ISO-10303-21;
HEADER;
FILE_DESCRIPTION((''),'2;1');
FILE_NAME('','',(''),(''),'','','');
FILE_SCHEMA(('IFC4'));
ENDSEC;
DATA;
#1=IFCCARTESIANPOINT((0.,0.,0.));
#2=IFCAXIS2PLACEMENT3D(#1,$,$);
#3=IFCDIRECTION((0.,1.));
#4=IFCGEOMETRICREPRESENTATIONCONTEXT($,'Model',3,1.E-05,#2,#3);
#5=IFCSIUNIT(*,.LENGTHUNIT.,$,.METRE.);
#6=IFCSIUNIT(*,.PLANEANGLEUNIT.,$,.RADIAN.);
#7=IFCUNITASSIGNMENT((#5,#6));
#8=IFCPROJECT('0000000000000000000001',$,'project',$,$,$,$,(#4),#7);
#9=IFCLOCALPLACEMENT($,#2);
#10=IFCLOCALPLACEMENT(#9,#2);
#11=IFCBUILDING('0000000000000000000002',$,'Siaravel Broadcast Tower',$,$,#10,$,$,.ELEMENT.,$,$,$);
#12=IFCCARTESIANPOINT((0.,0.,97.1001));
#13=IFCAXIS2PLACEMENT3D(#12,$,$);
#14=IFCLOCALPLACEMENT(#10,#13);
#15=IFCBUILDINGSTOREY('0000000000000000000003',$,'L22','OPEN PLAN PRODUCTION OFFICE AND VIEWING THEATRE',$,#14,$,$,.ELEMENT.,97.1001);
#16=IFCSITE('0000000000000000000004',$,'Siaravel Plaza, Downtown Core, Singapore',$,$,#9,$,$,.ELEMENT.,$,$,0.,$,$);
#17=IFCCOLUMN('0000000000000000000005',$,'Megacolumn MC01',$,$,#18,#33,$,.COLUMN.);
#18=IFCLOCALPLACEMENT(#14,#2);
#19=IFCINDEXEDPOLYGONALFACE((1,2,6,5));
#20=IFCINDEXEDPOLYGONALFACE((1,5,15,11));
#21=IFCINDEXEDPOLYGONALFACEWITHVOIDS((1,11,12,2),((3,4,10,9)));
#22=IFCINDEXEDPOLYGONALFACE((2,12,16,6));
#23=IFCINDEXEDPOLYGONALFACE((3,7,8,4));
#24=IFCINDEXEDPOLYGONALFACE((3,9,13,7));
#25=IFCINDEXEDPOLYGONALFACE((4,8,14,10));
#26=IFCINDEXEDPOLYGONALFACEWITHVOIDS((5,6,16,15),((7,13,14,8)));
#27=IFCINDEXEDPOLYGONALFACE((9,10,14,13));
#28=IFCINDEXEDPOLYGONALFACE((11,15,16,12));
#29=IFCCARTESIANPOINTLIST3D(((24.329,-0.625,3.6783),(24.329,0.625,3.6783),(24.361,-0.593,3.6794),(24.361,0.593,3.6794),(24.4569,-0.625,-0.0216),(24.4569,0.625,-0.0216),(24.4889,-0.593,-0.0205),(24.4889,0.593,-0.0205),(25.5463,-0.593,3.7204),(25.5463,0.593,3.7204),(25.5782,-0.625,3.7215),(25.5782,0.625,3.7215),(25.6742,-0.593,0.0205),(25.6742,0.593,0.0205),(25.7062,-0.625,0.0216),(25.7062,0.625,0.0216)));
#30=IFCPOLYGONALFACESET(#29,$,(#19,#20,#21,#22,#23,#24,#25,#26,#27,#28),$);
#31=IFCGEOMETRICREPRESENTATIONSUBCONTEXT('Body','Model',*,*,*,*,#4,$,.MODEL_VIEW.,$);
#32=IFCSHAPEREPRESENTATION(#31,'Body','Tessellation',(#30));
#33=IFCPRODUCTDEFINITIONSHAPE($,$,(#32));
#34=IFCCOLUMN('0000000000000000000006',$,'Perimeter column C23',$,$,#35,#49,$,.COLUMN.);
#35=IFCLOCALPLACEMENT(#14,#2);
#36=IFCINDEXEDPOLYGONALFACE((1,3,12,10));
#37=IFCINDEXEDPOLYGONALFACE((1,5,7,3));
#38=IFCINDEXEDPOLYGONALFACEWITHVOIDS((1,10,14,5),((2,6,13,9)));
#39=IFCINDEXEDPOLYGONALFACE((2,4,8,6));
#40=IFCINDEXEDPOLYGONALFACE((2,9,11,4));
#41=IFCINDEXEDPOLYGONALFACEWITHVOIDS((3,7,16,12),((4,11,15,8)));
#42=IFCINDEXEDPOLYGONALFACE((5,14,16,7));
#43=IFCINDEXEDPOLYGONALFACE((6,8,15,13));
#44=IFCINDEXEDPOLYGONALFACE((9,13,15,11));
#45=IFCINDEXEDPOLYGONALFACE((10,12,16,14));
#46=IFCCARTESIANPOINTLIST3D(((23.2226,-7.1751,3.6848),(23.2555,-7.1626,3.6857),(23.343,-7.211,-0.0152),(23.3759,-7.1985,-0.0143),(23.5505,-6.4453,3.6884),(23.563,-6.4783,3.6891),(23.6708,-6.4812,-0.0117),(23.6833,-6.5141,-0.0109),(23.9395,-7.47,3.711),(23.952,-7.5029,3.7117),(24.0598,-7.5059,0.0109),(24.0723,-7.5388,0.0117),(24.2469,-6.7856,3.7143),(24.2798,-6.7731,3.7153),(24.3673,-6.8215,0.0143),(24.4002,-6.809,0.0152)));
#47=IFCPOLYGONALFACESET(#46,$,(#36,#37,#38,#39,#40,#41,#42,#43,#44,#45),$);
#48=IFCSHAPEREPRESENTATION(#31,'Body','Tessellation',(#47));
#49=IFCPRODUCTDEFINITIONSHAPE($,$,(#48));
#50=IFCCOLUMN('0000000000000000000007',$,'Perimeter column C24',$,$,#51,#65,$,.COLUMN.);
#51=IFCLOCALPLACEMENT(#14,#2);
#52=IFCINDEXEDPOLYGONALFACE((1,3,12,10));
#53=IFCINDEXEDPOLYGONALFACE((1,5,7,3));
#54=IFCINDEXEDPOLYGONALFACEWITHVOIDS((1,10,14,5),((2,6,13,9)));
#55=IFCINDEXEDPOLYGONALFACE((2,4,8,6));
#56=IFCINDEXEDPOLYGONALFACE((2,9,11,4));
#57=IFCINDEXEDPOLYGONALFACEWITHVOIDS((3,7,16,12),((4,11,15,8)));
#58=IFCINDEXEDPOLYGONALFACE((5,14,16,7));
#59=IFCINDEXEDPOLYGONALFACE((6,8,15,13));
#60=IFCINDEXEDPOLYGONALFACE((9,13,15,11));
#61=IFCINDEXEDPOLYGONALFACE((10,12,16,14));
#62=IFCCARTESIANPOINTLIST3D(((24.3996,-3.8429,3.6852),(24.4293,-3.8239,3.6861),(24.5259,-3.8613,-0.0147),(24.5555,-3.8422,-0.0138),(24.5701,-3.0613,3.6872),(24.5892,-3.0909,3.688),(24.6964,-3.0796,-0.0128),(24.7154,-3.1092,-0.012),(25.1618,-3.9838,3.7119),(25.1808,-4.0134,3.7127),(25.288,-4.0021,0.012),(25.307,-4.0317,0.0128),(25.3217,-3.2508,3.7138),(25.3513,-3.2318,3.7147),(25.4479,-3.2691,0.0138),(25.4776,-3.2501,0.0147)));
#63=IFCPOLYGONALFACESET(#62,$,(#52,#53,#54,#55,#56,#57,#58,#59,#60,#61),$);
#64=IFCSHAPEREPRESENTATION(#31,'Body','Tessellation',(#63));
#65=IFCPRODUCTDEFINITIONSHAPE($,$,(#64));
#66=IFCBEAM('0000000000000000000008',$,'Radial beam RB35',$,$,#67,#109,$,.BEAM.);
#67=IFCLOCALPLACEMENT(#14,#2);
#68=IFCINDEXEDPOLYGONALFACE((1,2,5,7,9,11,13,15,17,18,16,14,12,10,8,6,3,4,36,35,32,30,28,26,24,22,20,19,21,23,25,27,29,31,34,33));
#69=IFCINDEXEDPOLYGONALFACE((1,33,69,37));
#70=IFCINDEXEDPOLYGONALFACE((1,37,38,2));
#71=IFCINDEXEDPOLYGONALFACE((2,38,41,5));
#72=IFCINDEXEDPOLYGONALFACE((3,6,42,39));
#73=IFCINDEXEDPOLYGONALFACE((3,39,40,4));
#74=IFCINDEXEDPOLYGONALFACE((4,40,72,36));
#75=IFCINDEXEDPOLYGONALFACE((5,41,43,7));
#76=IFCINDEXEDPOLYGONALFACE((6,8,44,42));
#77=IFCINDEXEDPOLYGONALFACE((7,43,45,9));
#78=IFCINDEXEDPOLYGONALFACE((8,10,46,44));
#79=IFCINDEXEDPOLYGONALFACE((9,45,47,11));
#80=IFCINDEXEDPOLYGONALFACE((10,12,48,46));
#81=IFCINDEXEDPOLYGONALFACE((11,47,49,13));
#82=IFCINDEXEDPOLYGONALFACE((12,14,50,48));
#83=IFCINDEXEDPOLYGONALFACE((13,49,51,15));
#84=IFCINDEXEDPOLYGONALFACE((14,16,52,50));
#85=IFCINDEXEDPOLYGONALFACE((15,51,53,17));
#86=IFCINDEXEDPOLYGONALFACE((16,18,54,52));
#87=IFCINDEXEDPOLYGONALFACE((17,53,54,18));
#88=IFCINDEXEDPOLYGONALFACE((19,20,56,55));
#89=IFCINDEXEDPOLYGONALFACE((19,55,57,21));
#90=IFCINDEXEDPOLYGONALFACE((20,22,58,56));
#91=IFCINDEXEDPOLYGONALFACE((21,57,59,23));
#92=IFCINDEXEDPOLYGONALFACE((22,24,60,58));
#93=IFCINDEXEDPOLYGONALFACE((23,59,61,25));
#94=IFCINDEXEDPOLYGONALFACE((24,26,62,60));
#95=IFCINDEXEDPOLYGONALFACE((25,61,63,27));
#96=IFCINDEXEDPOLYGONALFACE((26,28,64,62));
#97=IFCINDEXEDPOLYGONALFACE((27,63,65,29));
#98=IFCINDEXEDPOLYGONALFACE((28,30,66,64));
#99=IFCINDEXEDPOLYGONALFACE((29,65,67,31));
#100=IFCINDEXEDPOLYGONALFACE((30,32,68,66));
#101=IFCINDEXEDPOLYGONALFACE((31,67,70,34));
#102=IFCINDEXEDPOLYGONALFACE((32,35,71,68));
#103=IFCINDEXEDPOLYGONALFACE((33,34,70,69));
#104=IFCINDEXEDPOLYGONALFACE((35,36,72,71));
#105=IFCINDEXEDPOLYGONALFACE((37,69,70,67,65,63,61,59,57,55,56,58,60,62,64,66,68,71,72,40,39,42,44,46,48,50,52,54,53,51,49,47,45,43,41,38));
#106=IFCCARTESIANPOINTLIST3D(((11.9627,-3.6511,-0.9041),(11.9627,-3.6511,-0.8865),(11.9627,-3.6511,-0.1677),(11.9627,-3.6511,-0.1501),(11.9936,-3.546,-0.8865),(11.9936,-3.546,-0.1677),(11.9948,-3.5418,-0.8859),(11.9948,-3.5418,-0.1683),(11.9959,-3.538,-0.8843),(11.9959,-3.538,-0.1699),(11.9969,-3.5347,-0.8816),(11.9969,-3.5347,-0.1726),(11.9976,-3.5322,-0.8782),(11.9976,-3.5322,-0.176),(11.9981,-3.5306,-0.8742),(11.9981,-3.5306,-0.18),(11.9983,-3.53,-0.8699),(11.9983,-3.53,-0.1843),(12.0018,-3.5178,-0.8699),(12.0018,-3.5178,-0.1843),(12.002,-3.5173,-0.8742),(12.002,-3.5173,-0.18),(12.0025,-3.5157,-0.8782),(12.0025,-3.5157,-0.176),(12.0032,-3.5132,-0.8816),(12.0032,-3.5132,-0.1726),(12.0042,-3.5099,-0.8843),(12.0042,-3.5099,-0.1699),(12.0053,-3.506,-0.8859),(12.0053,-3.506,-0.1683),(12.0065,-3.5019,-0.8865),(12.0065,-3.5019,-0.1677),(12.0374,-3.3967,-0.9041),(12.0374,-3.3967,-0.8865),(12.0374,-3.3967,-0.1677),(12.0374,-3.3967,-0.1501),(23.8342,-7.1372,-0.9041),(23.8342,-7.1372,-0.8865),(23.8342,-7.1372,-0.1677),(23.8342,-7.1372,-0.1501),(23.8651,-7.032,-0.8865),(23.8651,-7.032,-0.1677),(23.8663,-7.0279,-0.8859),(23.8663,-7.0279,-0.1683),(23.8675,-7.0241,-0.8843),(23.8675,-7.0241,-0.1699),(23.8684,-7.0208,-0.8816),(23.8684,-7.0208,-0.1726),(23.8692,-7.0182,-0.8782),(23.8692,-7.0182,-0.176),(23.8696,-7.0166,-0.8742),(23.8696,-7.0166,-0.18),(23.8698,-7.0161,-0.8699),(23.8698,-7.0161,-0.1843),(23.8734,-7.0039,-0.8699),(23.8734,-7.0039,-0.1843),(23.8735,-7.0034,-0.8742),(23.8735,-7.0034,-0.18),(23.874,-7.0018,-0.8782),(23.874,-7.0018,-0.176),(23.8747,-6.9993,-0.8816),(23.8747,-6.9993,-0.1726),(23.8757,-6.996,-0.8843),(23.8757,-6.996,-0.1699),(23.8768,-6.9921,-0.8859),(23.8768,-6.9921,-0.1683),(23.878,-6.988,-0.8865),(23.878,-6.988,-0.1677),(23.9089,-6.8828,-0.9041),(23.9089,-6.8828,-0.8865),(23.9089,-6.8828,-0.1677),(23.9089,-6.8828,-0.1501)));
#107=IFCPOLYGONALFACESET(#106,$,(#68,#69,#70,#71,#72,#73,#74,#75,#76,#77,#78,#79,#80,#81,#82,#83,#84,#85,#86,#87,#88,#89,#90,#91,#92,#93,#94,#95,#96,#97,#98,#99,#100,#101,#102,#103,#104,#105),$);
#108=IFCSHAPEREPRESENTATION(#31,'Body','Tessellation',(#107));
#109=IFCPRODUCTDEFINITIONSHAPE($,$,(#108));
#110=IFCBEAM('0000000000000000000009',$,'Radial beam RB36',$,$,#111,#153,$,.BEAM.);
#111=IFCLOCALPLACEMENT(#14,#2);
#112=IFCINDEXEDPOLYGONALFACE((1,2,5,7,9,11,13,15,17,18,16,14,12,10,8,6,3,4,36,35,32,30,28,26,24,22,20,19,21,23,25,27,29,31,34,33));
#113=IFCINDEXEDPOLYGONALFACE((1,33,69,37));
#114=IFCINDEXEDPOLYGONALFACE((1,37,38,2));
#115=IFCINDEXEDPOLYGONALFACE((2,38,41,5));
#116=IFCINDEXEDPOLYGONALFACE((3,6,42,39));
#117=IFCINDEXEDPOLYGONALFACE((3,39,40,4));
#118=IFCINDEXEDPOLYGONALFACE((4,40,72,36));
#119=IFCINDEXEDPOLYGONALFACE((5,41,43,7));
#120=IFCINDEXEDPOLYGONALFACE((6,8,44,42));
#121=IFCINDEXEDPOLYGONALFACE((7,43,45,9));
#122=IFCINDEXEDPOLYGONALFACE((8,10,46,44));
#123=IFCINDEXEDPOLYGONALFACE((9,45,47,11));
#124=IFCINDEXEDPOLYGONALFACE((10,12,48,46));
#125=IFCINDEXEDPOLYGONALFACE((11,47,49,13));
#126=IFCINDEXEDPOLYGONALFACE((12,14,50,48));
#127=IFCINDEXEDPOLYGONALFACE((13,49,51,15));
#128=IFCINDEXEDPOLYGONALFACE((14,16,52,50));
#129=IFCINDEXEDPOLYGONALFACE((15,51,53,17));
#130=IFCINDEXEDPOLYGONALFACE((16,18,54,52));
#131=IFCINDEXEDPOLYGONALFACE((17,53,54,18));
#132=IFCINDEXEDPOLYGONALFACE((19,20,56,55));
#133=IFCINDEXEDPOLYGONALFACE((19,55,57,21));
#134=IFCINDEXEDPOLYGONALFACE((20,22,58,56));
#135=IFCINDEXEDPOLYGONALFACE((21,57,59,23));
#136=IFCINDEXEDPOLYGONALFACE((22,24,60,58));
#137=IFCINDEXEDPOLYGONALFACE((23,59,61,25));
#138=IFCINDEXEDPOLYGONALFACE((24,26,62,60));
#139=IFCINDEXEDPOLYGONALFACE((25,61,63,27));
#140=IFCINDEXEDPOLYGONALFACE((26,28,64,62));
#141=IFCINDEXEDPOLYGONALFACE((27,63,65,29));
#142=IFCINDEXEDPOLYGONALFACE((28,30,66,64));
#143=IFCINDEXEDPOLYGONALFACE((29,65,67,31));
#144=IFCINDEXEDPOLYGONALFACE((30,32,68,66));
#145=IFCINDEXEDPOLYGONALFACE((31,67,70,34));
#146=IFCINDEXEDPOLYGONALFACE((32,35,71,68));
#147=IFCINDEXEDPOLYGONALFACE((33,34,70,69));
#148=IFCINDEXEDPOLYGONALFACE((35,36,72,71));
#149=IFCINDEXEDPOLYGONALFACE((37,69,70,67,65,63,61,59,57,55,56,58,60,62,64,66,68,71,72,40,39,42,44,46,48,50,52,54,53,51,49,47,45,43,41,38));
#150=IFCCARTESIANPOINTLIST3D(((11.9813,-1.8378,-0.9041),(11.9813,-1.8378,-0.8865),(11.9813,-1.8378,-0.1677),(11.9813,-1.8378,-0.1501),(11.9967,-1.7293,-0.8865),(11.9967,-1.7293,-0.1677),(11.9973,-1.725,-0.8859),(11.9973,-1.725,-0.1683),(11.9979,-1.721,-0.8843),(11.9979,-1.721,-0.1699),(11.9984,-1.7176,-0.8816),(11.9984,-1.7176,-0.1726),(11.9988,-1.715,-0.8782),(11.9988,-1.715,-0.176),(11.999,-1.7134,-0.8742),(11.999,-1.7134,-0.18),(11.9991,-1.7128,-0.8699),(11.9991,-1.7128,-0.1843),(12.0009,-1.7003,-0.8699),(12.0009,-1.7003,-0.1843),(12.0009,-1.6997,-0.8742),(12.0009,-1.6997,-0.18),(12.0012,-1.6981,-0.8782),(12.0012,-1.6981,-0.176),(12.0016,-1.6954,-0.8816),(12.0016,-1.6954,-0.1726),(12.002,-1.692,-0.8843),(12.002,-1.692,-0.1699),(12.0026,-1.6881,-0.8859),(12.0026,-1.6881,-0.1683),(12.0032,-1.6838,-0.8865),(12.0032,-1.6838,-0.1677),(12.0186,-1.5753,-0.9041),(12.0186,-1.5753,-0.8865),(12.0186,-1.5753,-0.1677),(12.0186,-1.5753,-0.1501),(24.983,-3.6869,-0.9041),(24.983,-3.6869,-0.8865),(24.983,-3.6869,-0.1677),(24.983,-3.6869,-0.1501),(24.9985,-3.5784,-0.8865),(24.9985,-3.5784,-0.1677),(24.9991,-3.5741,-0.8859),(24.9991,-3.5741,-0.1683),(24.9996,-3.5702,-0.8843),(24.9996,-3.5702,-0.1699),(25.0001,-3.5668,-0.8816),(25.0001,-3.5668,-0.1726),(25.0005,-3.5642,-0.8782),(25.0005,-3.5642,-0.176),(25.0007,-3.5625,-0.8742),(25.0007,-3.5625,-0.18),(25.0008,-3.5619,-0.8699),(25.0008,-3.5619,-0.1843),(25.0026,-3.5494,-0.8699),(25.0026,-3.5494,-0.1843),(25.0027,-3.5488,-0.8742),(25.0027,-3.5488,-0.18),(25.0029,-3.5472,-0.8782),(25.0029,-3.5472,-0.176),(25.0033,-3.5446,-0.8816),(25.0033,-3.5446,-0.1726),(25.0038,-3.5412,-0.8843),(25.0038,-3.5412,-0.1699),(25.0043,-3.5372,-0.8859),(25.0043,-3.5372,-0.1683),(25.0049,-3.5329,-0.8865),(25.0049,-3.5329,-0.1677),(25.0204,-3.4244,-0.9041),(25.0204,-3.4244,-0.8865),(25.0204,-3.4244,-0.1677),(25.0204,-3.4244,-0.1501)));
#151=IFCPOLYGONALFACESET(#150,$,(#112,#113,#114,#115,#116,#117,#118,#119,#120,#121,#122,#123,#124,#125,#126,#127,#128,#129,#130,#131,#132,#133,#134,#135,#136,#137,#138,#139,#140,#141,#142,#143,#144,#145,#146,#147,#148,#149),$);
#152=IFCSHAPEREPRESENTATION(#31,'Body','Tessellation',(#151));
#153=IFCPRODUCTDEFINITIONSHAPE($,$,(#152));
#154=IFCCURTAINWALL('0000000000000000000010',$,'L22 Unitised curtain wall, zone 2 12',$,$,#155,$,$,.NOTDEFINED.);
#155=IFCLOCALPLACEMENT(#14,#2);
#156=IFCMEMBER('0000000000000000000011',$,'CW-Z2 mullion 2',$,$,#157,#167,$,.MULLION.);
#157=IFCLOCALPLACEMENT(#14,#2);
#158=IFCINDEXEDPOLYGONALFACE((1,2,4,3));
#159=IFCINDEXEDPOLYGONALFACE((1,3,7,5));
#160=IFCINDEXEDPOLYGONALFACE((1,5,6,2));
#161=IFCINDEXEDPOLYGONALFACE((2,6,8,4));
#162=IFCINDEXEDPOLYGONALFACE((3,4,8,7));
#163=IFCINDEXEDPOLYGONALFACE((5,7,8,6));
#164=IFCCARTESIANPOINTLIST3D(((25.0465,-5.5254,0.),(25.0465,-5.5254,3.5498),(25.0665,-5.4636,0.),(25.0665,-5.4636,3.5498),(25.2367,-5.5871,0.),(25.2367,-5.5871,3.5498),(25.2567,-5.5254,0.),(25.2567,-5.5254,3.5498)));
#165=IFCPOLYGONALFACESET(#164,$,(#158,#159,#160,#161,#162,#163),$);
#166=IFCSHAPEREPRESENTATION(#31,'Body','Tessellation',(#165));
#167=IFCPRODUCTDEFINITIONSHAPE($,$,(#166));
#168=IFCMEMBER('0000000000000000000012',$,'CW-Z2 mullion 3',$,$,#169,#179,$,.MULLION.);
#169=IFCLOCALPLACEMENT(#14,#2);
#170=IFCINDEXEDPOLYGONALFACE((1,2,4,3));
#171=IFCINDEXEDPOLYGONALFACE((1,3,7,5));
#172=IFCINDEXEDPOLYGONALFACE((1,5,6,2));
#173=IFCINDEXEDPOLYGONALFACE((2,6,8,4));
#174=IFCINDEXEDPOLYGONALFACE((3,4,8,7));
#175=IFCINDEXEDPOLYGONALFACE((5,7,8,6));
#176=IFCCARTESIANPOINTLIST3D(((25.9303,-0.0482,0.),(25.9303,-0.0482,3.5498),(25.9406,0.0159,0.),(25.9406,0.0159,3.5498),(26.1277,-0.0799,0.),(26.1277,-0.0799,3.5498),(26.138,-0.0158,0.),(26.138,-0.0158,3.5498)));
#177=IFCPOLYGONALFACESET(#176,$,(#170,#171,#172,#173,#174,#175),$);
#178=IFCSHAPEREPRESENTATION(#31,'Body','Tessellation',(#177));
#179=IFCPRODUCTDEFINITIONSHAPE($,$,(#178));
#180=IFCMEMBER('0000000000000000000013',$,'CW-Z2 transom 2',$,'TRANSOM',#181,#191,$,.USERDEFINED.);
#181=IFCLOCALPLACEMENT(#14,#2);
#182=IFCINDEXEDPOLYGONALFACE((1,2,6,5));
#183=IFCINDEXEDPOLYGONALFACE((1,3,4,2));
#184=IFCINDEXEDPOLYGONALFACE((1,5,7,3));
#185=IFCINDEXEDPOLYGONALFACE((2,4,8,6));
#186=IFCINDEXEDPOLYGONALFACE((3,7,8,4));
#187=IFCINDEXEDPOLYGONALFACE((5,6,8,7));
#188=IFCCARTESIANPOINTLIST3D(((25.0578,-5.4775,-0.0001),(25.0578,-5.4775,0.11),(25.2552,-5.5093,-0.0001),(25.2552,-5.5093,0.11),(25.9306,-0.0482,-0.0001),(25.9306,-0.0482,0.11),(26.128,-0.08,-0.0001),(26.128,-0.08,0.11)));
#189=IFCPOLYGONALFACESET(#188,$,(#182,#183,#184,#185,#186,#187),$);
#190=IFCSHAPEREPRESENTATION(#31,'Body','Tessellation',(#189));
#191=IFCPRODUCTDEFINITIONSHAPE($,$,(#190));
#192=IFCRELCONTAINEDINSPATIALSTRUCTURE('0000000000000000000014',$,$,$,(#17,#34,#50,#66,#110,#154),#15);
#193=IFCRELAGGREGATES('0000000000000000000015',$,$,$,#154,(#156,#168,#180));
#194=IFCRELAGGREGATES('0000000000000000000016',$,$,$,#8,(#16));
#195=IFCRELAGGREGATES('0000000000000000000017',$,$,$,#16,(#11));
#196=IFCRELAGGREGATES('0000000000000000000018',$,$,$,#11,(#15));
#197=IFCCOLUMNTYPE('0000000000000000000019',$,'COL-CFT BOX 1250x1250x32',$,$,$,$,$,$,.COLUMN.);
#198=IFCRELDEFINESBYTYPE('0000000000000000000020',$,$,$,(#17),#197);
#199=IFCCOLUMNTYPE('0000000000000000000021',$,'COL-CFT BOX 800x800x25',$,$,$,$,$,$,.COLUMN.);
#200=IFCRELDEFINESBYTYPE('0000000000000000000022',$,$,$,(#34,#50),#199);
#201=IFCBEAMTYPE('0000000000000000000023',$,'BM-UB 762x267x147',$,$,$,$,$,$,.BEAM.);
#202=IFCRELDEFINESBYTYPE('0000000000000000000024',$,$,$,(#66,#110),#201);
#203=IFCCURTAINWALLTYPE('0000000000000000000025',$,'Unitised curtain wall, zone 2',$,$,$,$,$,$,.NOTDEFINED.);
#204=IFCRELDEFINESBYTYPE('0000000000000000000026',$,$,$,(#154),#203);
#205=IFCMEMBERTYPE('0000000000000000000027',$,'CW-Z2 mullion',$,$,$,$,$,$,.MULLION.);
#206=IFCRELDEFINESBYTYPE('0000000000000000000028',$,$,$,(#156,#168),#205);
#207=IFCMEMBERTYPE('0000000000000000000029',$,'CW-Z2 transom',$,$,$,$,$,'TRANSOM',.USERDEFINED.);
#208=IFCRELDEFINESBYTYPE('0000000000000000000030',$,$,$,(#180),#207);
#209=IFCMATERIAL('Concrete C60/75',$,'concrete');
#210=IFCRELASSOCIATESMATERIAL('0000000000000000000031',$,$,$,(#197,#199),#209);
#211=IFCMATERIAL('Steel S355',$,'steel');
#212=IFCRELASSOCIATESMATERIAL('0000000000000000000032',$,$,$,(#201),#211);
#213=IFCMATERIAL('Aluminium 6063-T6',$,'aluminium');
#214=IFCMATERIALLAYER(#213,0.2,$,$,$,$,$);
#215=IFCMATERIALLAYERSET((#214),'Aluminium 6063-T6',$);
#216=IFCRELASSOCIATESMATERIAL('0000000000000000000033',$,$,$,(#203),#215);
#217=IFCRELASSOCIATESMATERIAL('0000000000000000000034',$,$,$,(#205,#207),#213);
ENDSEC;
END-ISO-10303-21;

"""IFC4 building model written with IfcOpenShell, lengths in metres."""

from ifc_helpers import new_model, si_unit, direction, frame, origin, origin_2d, place, context, subcontext, project, spatial, rectangle, hollow_rectangle, i_section, extrude, material, layer, layer_set, material_profile, profile_set, type_object, element, aggregate, save


model = new_model("IFC4")

# Units and contexts
model_context = context("Model", 3, precision=1e-05, world=origin(), true_north=direction((0.0, 1.0)))
body_context = subcontext(model_context, "Body", "Model", "MODEL_VIEW")
ifc_project = project(units=[si_unit("LENGTHUNIT", "METRE"), si_unit("PLANEANGLEUNIT", "RADIAN")], contexts=[model_context])

# Site, building, storey
site_placement = place(None, origin())
site = spatial("IfcSite", under=ifc_project, at=site_placement, Name="Siaravel Plaza, Downtown Core, Singapore", CompositionType="ELEMENT", RefElevation=0.0)
building_placement = place(site_placement, origin())
building = spatial("IfcBuilding", under=site, at=building_placement, Name="Siaravel Broadcast Tower", CompositionType="ELEMENT")
storey_placement = place(building_placement, frame((0.0, 0.0, 97.1001)))
storey = spatial("IfcBuildingStorey", under=building, at=storey_placement, Name="L22", Description="OPEN PLAN PRODUCTION OFFICE AND VIEWING THEATRE", CompositionType="ELEMENT", Elevation=97.1001)

# Columns
ifc_material_1 = material(Name="Concrete C60/75", Category="concrete")
ifc_material_profile_1 = material_profile(ifc_material_1, hollow_rectangle(XDim=1.25, YDim=1.25, WallThickness=0.032, at=origin_2d()))
ifc_profile_set_1 = profile_set([ifc_material_profile_1], Name="Concrete C60/75")
column_type_1 = type_object("IfcColumnType", Name="COL-CFT BOX 1250x1250x32", PredefinedType="COLUMN", material=ifc_profile_set_1)
column_placement = place(storey_placement, frame((25.0815, 0.0, 0.0), z_axis=(-0.034555, 0.0, 0.999403), x_axis=(0.0, -1.0, 0.0)))
element("IfcColumn", 1, at=column_placement, inside=storey, type_object=column_type_1, Name="Megacolumn MC01", PredefinedType="COLUMN", context=body_context, shape_type="SweptSolid", body=[
    extrude(hollow_rectangle(XDim=1.25, YDim=1.25, WallThickness=0.032, at=origin_2d()), origin(), (0.0, 0.0, 1.0), 3.7021),
])
ifc_material_profile_2 = material_profile(ifc_material_1, hollow_rectangle(XDim=0.8, YDim=0.8, WallThickness=0.0249, at=origin_2d()))
ifc_profile_set_2 = profile_set([ifc_material_profile_2], Name="Concrete C60/75")
column_type_2 = type_object("IfcColumnType", Name="COL-CFT BOX 800x800x25", PredefinedType="COLUMN", material=ifc_profile_set_2)
for number, where, z_axis, x_axis, name in (
    (2, (23.8716, -7.01, 0.0), (-0.032512, 0.009694, 0.999424), (-0.40979, -0.912169, -0.004483), "Perimeter column C23"),
    (3, (25.0017, -3.5557, 0.0), (-0.034094, 0.004946, 0.999406), (-0.213128, -0.977021, -0.002436), "Perimeter column C24"),
):
    element("IfcColumn", number, at=place(storey_placement, frame(where, z_axis=z_axis, x_axis=x_axis)), inside=storey, type_object=column_type_2, Name=name, PredefinedType="COLUMN", context=body_context, shape_type="SweptSolid", body=[
        extrude(hollow_rectangle(XDim=0.8, YDim=0.8, WallThickness=0.0249, at=origin_2d()), origin(), (0.0, 0.0, 1.0), 3.7021),
    ])

# Beams
ifc_material_2 = material(Name="Steel S355", Category="steel")
ifc_material_profile_3 = material_profile(ifc_material_2, i_section(OverallWidth=0.2651, OverallDepth=0.7539, WebThickness=0.0127, FlangeThickness=0.0176, FilletRadius=0.0166, at=origin_2d()))
ifc_profile_set_3 = profile_set([ifc_material_profile_3], Name="Steel S355")
beam_type = type_object("IfcBeamType", Name="BM-UB 762x267x147", PredefinedType="BEAM", material=ifc_profile_set_3)
beam_1_placement = place(storey_placement, frame((23.8716, -7.01, -0.5271), z_axis=(-0.959487, 0.281753, 0.0), x_axis=(-0.281753, -0.959487, 0.0)))
element("IfcBeam", 4, at=beam_1_placement, inside=storey, type_object=beam_type, Name="Radial beam RB35", PredefinedType="BEAM", context=body_context, shape_type="SweptSolid", body=[
    extrude(i_section(OverallWidth=0.2651, OverallDepth=0.7539, WebThickness=0.0127, FlangeThickness=0.0176, FilletRadius=0.0166, at=origin_2d()), origin(), (0.0, 0.0, 1.0), 12.3728),
])
beam_2_placement = place(storey_placement, frame((25.0017, -3.5557, -0.5271), z_axis=(-0.990037, 0.140804, 0.0), x_axis=(-0.140804, -0.990037, 0.0)))
element("IfcBeam", 5, at=beam_2_placement, inside=storey, type_object=beam_type, Name="Radial beam RB36", PredefinedType="BEAM", context=body_context, shape_type="SweptSolid", body=[
    extrude(i_section(OverallWidth=0.2651, OverallDepth=0.7539, WebThickness=0.0127, FlangeThickness=0.0176, FilletRadius=0.0166, at=origin_2d()), origin(), (0.0, 0.0, 1.0), 13.1326),
])

# Curtain wall, members
ifc_material_3 = material(Name="Aluminium 6063-T6", Category="aluminium")
ifc_layer_1 = layer(ifc_material_3, 0.2)
ifc_layer_set_1 = layer_set([ifc_layer_1], Name="Aluminium 6063-T6")
curtain_wall_type = type_object("IfcCurtainWallType", Name="Unitised curtain wall, zone 2", PredefinedType="NOTDEFINED", material=ifc_layer_set_1)
curtain_wall_placement = place(storey_placement, origin())
curtain_wall = element("IfcCurtainWall", 6, at=curtain_wall_placement, inside=storey, type_object=curtain_wall_type, Name="L22 Unitised curtain wall, zone 2 12", PredefinedType="NOTDEFINED")
ifc_material_profile_4 = material_profile(ifc_material_3, rectangle(XDim=0.2, YDim=0.0649, at=origin_2d()))
ifc_profile_set_4 = profile_set([ifc_material_profile_4], Name="Aluminium 6063-T6")
member_type_1 = type_object("IfcMemberType", Name="CW-Z2 mullion", PredefinedType="MULLION", material=ifc_profile_set_4)
member_1_placement = place(storey_placement, frame((25.1516, -5.5254, 0.0), z_axis=(0.0, 0.0, 1.0), x_axis=(-0.951177, 0.308646, 0.0)))
member_1 = element("IfcMember", 7, at=member_1_placement, type_object=member_type_1, Name="CW-Z2 mullion 2", PredefinedType="MULLION", context=body_context, shape_type="SweptSolid", body=[
    extrude(rectangle(XDim=0.2, YDim=0.0649, at=origin_2d()), origin(), (0.0, 0.0, 1.0), 3.5498),
])
member_2_placement = place(storey_placement, frame((26.0342, -0.032, 0.0), z_axis=(0.0, 0.0, 1.0), x_axis=(-0.987329, 0.158686, 0.0)))
member_2 = element("IfcMember", 8, at=member_2_placement, type_object=member_type_1, Name="CW-Z2 mullion 3", PredefinedType="MULLION", context=body_context, shape_type="SweptSolid", body=[
    extrude(rectangle(XDim=0.2, YDim=0.0649, at=origin_2d()), origin(), (0.0, 0.0, 1.0), 3.5498),
])
ifc_material_profile_5 = material_profile(ifc_material_3, rectangle(XDim=0.2, YDim=0.1101, at=origin_2d()))
ifc_profile_set_5 = profile_set([ifc_material_profile_5], Name="Aluminium 6063-T6")
member_type_2 = type_object("IfcMemberType", Name="CW-Z2 transom", ElementType="TRANSOM", PredefinedType="USERDEFINED", material=ifc_profile_set_5)
member_3_placement = place(storey_placement, frame((25.1565, -5.4934, 0.0549), z_axis=(0.158723, 0.987323, 0.0), x_axis=(-0.987323, 0.158723, 0.0)))
member_3 = element("IfcMember", 9, at=member_3_placement, type_object=member_type_2, Name="CW-Z2 transom 2", ObjectType="TRANSOM", PredefinedType="USERDEFINED", context=body_context, shape_type="SweptSolid", body=[
    extrude(rectangle(XDim=0.2, YDim=0.1101, at=origin_2d()), origin(), (0.0, 0.0, 1.0), 5.499),
])

aggregate(curtain_wall, [member_1, member_2, member_3])

save(model, "model.ifc")
